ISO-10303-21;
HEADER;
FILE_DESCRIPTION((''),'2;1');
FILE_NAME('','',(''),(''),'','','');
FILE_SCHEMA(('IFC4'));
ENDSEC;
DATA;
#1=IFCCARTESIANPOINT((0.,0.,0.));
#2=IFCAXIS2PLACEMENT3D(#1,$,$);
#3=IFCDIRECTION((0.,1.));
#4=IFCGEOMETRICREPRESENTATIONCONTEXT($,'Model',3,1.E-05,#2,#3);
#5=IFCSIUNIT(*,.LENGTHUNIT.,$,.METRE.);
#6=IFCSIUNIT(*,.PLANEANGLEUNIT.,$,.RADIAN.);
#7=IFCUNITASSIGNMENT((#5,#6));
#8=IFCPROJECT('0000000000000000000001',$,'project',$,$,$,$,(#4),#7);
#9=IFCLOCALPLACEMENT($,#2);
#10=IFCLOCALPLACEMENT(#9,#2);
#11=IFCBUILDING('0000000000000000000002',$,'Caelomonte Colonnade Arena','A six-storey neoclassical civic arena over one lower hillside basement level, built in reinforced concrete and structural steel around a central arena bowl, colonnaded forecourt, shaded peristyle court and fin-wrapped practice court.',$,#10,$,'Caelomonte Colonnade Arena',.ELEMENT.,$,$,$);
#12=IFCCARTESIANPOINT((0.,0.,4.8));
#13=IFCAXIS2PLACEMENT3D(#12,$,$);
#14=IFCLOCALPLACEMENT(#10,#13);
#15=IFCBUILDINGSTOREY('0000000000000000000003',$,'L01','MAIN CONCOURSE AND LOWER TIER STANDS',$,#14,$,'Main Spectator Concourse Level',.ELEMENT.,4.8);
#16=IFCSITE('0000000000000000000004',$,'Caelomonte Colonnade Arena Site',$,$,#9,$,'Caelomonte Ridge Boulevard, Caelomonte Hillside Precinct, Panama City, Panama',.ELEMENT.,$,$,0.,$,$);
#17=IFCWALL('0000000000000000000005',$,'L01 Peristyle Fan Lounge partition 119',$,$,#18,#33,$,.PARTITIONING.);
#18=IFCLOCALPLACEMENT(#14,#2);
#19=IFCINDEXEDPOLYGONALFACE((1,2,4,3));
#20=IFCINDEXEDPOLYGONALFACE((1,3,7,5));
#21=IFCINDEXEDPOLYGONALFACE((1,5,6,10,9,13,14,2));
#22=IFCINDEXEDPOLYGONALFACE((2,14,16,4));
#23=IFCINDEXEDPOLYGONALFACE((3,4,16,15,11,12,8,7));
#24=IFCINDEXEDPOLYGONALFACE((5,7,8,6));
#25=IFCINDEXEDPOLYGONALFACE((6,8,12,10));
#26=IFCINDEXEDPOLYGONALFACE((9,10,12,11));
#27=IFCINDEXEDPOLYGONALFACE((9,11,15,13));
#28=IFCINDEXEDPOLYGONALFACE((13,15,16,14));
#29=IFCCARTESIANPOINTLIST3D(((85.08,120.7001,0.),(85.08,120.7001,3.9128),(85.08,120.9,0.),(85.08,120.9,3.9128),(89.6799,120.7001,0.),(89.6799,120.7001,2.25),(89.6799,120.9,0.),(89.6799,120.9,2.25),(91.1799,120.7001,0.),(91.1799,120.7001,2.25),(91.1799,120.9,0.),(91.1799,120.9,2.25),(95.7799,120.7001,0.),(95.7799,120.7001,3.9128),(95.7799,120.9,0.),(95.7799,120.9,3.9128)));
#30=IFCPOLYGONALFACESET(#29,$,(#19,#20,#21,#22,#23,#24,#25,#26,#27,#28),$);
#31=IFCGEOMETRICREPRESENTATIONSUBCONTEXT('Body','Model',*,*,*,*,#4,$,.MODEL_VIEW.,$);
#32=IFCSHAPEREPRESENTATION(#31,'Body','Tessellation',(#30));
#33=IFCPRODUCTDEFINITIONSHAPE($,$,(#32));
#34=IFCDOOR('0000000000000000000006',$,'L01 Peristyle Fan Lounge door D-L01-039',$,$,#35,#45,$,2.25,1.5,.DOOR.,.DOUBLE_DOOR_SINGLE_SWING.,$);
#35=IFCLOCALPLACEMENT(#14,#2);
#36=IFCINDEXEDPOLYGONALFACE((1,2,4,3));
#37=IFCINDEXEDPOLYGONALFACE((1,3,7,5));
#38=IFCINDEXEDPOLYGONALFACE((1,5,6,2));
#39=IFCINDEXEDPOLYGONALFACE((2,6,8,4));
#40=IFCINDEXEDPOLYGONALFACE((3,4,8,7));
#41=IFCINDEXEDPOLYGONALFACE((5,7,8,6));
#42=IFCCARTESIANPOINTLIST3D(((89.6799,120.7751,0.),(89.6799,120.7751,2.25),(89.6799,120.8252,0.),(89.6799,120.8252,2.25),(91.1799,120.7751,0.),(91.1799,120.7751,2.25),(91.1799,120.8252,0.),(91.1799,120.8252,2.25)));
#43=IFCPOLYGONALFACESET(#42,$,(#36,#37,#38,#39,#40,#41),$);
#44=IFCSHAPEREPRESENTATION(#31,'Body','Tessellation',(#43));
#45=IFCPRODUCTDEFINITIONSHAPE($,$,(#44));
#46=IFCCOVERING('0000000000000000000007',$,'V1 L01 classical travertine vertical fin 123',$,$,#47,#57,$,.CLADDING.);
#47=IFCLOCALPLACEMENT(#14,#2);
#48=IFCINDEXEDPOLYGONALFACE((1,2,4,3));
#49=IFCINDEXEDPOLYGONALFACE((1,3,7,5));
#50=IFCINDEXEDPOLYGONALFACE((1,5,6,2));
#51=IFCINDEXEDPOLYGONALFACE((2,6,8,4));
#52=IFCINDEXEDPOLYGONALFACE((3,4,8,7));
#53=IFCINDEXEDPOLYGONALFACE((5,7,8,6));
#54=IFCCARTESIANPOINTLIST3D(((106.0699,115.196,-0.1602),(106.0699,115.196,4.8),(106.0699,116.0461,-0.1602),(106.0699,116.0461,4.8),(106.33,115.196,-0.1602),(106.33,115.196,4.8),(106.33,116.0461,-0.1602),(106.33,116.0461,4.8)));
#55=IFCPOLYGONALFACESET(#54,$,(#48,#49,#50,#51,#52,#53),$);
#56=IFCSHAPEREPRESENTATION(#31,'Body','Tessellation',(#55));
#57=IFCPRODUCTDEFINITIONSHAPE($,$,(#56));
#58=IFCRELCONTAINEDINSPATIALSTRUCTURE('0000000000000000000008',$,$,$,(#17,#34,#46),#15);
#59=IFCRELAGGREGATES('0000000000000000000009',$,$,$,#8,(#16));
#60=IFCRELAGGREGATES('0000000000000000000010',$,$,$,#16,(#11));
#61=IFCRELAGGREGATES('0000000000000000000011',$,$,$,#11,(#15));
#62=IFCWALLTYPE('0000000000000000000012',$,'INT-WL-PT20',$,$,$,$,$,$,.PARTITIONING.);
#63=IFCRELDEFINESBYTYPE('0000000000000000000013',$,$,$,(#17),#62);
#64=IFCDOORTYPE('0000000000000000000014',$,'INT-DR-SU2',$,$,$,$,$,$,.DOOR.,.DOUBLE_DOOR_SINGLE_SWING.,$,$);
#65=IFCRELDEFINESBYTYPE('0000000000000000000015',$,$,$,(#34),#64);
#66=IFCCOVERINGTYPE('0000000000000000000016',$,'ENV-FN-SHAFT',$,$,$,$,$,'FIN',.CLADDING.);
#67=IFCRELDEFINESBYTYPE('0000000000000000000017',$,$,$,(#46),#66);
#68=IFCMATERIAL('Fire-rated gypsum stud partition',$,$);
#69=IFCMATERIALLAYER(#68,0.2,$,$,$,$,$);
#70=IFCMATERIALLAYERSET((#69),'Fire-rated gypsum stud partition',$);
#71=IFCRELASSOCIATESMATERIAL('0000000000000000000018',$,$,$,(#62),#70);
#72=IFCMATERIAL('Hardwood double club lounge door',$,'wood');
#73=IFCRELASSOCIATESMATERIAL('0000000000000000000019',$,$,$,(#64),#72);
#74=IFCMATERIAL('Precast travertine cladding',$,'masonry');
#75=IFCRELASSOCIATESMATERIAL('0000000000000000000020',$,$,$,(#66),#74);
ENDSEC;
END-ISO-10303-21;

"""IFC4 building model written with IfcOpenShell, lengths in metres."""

from ifc_helpers import new_model, si_unit, direction, frame, frame_2d, origin, origin_2d, place, context, subcontext, project, spatial, rectangle, extrude, material, layer, layer_set, material_profile, profile_set, type_object, element, fill, save


model = new_model("IFC4")

# Units and contexts
model_context = context("Model", 3, precision=1e-05, world=origin(), true_north=direction((0.0, 1.0)))
body_context = subcontext(model_context, "Body", "Model", "MODEL_VIEW")
ifc_project = project(units=[si_unit("LENGTHUNIT", "METRE"), si_unit("PLANEANGLEUNIT", "RADIAN")], contexts=[model_context])

# Site, building, storey
site_placement = place(None, origin())
site = spatial("IfcSite", under=ifc_project, at=site_placement, Name="Caelomonte Colonnade Arena Site", LongName="Caelomonte Ridge Boulevard, Caelomonte Hillside Precinct, Panama City, Panama", CompositionType="ELEMENT", RefElevation=0.0)
building_placement = place(site_placement, origin())
building = spatial("IfcBuilding", under=site, at=building_placement, Name="Caelomonte Colonnade Arena", Description="A six-storey neoclassical civic arena over one lower hillside basement level, built in reinforced concrete and structural steel around a central arena bowl, colonnaded forecourt, shaded peristyle court and fin-wrapped practice court.", LongName="Caelomonte Colonnade Arena", CompositionType="ELEMENT")
storey_placement = place(building_placement, frame((0.0, 0.0, 4.8)))
storey = spatial("IfcBuildingStorey", under=building, at=storey_placement, Name="L01", Description="MAIN CONCOURSE AND LOWER TIER STANDS", LongName="Main Spectator Concourse Level", CompositionType="ELEMENT", Elevation=4.8)

# Wall, opening, door
ifc_material_1 = material(Name="Fire-rated gypsum stud partition")
ifc_layer_1 = layer(ifc_material_1, 0.2)
ifc_layer_set_1 = layer_set([ifc_layer_1], Name="Fire-rated gypsum stud partition")
wall_type_1 = type_object("IfcWallType", Name="INT-WL-PT20", PredefinedType="PARTITIONING", material=ifc_layer_set_1)
wall_1_placement = place(storey_placement, frame((95.78, 120.8, 0.0), z_axis=(0.0, 0.0, 1.0), x_axis=(-1.0, 0.0, 0.0)))
wall_1 = element("IfcWall", 1, at=wall_1_placement, inside=storey, type_object=wall_type_1, Name="L01 Peristyle Fan Lounge partition 119", PredefinedType="PARTITIONING", context=body_context, shape_type="SweptSolid", body=[
    extrude(rectangle(XDim=10.7, YDim=0.2, at=frame_2d((5.3501, 0.0))), origin(), (0.0, 0.0, 1.0), 3.9128),
])
opening_1_placement = place(wall_1_placement, frame((4.6001, 0.0, 0.0), z_axis=(0.0, 0.0, 1.0), x_axis=(1.0, 0.0, 0.0)))
opening_1 = element("IfcOpeningElement", 2, at=opening_1_placement, cuts=wall_1, PredefinedType="OPENING", context=body_context, shape_type="SweptSolid", body=[
    extrude(rectangle(XDim=1.5, YDim=2.25, at=frame_2d((0.75, 1.125))), frame((0.0, 0.1099, 0.0), z_axis=(0.0, -1.0, 0.0), x_axis=(1.0, 0.0, 0.0)), (0.0, 0.0, 1.0), 0.22),
])
ifc_material_2 = material(Name="Hardwood double club lounge door", Category="wood")
door_type = type_object("IfcDoorType", Name="INT-DR-SU2", OperationType="DOUBLE_DOOR_SINGLE_SWING", PredefinedType="DOOR", material=ifc_material_2)
door_placement = place(opening_1_placement, origin())
door = element("IfcDoor", 3, at=door_placement, inside=storey, type_object=door_type, Name="L01 Peristyle Fan Lounge door D-L01-039", OperationType="DOUBLE_DOOR_SINGLE_SWING", OverallHeight=2.25, OverallWidth=1.5, PredefinedType="DOOR", context=body_context, shape_type="SweptSolid", body=[
    extrude(rectangle(XDim=1.5, YDim=2.25, at=frame_2d((0.75, 1.125))), frame((0.0, 0.0249, 0.0), z_axis=(0.0, -1.0, 0.0), x_axis=(1.0, 0.0, 0.0)), (0.0, 0.0, 1.0), 0.05),
])
fill(opening_1, door)

# Covering
ifc_material_3 = material(Name="Precast travertine cladding", Category="masonry")
ifc_material_profile_1 = material_profile(ifc_material_3, rectangle(XDim=0.26, YDim=0.8501, at=origin_2d()), Name="FIN260X850")
ifc_profile_set_1 = profile_set([ifc_material_profile_1], Name="Precast travertine cladding")
covering_type = type_object("IfcCoveringType", Name="ENV-FN-SHAFT", ElementType="FIN", PredefinedType="CLADDING", material=ifc_profile_set_1)
covering_placement = place(storey_placement, frame((106.2, 115.6211, -0.1602), z_axis=(0.0, 0.0, 1.0), x_axis=(1.0, 0.0, 0.0)))
element("IfcCovering", 4, at=covering_placement, inside=storey, type_object=covering_type, Name="V1 L01 classical travertine vertical fin 123", PredefinedType="CLADDING", context=body_context, shape_type="SweptSolid", body=[
    extrude(rectangle(XDim=0.26, YDim=0.8501, at=origin_2d()), origin(), (0.0, 0.0, 1.0), 4.9602),
])

save(model, "model.ifc")
